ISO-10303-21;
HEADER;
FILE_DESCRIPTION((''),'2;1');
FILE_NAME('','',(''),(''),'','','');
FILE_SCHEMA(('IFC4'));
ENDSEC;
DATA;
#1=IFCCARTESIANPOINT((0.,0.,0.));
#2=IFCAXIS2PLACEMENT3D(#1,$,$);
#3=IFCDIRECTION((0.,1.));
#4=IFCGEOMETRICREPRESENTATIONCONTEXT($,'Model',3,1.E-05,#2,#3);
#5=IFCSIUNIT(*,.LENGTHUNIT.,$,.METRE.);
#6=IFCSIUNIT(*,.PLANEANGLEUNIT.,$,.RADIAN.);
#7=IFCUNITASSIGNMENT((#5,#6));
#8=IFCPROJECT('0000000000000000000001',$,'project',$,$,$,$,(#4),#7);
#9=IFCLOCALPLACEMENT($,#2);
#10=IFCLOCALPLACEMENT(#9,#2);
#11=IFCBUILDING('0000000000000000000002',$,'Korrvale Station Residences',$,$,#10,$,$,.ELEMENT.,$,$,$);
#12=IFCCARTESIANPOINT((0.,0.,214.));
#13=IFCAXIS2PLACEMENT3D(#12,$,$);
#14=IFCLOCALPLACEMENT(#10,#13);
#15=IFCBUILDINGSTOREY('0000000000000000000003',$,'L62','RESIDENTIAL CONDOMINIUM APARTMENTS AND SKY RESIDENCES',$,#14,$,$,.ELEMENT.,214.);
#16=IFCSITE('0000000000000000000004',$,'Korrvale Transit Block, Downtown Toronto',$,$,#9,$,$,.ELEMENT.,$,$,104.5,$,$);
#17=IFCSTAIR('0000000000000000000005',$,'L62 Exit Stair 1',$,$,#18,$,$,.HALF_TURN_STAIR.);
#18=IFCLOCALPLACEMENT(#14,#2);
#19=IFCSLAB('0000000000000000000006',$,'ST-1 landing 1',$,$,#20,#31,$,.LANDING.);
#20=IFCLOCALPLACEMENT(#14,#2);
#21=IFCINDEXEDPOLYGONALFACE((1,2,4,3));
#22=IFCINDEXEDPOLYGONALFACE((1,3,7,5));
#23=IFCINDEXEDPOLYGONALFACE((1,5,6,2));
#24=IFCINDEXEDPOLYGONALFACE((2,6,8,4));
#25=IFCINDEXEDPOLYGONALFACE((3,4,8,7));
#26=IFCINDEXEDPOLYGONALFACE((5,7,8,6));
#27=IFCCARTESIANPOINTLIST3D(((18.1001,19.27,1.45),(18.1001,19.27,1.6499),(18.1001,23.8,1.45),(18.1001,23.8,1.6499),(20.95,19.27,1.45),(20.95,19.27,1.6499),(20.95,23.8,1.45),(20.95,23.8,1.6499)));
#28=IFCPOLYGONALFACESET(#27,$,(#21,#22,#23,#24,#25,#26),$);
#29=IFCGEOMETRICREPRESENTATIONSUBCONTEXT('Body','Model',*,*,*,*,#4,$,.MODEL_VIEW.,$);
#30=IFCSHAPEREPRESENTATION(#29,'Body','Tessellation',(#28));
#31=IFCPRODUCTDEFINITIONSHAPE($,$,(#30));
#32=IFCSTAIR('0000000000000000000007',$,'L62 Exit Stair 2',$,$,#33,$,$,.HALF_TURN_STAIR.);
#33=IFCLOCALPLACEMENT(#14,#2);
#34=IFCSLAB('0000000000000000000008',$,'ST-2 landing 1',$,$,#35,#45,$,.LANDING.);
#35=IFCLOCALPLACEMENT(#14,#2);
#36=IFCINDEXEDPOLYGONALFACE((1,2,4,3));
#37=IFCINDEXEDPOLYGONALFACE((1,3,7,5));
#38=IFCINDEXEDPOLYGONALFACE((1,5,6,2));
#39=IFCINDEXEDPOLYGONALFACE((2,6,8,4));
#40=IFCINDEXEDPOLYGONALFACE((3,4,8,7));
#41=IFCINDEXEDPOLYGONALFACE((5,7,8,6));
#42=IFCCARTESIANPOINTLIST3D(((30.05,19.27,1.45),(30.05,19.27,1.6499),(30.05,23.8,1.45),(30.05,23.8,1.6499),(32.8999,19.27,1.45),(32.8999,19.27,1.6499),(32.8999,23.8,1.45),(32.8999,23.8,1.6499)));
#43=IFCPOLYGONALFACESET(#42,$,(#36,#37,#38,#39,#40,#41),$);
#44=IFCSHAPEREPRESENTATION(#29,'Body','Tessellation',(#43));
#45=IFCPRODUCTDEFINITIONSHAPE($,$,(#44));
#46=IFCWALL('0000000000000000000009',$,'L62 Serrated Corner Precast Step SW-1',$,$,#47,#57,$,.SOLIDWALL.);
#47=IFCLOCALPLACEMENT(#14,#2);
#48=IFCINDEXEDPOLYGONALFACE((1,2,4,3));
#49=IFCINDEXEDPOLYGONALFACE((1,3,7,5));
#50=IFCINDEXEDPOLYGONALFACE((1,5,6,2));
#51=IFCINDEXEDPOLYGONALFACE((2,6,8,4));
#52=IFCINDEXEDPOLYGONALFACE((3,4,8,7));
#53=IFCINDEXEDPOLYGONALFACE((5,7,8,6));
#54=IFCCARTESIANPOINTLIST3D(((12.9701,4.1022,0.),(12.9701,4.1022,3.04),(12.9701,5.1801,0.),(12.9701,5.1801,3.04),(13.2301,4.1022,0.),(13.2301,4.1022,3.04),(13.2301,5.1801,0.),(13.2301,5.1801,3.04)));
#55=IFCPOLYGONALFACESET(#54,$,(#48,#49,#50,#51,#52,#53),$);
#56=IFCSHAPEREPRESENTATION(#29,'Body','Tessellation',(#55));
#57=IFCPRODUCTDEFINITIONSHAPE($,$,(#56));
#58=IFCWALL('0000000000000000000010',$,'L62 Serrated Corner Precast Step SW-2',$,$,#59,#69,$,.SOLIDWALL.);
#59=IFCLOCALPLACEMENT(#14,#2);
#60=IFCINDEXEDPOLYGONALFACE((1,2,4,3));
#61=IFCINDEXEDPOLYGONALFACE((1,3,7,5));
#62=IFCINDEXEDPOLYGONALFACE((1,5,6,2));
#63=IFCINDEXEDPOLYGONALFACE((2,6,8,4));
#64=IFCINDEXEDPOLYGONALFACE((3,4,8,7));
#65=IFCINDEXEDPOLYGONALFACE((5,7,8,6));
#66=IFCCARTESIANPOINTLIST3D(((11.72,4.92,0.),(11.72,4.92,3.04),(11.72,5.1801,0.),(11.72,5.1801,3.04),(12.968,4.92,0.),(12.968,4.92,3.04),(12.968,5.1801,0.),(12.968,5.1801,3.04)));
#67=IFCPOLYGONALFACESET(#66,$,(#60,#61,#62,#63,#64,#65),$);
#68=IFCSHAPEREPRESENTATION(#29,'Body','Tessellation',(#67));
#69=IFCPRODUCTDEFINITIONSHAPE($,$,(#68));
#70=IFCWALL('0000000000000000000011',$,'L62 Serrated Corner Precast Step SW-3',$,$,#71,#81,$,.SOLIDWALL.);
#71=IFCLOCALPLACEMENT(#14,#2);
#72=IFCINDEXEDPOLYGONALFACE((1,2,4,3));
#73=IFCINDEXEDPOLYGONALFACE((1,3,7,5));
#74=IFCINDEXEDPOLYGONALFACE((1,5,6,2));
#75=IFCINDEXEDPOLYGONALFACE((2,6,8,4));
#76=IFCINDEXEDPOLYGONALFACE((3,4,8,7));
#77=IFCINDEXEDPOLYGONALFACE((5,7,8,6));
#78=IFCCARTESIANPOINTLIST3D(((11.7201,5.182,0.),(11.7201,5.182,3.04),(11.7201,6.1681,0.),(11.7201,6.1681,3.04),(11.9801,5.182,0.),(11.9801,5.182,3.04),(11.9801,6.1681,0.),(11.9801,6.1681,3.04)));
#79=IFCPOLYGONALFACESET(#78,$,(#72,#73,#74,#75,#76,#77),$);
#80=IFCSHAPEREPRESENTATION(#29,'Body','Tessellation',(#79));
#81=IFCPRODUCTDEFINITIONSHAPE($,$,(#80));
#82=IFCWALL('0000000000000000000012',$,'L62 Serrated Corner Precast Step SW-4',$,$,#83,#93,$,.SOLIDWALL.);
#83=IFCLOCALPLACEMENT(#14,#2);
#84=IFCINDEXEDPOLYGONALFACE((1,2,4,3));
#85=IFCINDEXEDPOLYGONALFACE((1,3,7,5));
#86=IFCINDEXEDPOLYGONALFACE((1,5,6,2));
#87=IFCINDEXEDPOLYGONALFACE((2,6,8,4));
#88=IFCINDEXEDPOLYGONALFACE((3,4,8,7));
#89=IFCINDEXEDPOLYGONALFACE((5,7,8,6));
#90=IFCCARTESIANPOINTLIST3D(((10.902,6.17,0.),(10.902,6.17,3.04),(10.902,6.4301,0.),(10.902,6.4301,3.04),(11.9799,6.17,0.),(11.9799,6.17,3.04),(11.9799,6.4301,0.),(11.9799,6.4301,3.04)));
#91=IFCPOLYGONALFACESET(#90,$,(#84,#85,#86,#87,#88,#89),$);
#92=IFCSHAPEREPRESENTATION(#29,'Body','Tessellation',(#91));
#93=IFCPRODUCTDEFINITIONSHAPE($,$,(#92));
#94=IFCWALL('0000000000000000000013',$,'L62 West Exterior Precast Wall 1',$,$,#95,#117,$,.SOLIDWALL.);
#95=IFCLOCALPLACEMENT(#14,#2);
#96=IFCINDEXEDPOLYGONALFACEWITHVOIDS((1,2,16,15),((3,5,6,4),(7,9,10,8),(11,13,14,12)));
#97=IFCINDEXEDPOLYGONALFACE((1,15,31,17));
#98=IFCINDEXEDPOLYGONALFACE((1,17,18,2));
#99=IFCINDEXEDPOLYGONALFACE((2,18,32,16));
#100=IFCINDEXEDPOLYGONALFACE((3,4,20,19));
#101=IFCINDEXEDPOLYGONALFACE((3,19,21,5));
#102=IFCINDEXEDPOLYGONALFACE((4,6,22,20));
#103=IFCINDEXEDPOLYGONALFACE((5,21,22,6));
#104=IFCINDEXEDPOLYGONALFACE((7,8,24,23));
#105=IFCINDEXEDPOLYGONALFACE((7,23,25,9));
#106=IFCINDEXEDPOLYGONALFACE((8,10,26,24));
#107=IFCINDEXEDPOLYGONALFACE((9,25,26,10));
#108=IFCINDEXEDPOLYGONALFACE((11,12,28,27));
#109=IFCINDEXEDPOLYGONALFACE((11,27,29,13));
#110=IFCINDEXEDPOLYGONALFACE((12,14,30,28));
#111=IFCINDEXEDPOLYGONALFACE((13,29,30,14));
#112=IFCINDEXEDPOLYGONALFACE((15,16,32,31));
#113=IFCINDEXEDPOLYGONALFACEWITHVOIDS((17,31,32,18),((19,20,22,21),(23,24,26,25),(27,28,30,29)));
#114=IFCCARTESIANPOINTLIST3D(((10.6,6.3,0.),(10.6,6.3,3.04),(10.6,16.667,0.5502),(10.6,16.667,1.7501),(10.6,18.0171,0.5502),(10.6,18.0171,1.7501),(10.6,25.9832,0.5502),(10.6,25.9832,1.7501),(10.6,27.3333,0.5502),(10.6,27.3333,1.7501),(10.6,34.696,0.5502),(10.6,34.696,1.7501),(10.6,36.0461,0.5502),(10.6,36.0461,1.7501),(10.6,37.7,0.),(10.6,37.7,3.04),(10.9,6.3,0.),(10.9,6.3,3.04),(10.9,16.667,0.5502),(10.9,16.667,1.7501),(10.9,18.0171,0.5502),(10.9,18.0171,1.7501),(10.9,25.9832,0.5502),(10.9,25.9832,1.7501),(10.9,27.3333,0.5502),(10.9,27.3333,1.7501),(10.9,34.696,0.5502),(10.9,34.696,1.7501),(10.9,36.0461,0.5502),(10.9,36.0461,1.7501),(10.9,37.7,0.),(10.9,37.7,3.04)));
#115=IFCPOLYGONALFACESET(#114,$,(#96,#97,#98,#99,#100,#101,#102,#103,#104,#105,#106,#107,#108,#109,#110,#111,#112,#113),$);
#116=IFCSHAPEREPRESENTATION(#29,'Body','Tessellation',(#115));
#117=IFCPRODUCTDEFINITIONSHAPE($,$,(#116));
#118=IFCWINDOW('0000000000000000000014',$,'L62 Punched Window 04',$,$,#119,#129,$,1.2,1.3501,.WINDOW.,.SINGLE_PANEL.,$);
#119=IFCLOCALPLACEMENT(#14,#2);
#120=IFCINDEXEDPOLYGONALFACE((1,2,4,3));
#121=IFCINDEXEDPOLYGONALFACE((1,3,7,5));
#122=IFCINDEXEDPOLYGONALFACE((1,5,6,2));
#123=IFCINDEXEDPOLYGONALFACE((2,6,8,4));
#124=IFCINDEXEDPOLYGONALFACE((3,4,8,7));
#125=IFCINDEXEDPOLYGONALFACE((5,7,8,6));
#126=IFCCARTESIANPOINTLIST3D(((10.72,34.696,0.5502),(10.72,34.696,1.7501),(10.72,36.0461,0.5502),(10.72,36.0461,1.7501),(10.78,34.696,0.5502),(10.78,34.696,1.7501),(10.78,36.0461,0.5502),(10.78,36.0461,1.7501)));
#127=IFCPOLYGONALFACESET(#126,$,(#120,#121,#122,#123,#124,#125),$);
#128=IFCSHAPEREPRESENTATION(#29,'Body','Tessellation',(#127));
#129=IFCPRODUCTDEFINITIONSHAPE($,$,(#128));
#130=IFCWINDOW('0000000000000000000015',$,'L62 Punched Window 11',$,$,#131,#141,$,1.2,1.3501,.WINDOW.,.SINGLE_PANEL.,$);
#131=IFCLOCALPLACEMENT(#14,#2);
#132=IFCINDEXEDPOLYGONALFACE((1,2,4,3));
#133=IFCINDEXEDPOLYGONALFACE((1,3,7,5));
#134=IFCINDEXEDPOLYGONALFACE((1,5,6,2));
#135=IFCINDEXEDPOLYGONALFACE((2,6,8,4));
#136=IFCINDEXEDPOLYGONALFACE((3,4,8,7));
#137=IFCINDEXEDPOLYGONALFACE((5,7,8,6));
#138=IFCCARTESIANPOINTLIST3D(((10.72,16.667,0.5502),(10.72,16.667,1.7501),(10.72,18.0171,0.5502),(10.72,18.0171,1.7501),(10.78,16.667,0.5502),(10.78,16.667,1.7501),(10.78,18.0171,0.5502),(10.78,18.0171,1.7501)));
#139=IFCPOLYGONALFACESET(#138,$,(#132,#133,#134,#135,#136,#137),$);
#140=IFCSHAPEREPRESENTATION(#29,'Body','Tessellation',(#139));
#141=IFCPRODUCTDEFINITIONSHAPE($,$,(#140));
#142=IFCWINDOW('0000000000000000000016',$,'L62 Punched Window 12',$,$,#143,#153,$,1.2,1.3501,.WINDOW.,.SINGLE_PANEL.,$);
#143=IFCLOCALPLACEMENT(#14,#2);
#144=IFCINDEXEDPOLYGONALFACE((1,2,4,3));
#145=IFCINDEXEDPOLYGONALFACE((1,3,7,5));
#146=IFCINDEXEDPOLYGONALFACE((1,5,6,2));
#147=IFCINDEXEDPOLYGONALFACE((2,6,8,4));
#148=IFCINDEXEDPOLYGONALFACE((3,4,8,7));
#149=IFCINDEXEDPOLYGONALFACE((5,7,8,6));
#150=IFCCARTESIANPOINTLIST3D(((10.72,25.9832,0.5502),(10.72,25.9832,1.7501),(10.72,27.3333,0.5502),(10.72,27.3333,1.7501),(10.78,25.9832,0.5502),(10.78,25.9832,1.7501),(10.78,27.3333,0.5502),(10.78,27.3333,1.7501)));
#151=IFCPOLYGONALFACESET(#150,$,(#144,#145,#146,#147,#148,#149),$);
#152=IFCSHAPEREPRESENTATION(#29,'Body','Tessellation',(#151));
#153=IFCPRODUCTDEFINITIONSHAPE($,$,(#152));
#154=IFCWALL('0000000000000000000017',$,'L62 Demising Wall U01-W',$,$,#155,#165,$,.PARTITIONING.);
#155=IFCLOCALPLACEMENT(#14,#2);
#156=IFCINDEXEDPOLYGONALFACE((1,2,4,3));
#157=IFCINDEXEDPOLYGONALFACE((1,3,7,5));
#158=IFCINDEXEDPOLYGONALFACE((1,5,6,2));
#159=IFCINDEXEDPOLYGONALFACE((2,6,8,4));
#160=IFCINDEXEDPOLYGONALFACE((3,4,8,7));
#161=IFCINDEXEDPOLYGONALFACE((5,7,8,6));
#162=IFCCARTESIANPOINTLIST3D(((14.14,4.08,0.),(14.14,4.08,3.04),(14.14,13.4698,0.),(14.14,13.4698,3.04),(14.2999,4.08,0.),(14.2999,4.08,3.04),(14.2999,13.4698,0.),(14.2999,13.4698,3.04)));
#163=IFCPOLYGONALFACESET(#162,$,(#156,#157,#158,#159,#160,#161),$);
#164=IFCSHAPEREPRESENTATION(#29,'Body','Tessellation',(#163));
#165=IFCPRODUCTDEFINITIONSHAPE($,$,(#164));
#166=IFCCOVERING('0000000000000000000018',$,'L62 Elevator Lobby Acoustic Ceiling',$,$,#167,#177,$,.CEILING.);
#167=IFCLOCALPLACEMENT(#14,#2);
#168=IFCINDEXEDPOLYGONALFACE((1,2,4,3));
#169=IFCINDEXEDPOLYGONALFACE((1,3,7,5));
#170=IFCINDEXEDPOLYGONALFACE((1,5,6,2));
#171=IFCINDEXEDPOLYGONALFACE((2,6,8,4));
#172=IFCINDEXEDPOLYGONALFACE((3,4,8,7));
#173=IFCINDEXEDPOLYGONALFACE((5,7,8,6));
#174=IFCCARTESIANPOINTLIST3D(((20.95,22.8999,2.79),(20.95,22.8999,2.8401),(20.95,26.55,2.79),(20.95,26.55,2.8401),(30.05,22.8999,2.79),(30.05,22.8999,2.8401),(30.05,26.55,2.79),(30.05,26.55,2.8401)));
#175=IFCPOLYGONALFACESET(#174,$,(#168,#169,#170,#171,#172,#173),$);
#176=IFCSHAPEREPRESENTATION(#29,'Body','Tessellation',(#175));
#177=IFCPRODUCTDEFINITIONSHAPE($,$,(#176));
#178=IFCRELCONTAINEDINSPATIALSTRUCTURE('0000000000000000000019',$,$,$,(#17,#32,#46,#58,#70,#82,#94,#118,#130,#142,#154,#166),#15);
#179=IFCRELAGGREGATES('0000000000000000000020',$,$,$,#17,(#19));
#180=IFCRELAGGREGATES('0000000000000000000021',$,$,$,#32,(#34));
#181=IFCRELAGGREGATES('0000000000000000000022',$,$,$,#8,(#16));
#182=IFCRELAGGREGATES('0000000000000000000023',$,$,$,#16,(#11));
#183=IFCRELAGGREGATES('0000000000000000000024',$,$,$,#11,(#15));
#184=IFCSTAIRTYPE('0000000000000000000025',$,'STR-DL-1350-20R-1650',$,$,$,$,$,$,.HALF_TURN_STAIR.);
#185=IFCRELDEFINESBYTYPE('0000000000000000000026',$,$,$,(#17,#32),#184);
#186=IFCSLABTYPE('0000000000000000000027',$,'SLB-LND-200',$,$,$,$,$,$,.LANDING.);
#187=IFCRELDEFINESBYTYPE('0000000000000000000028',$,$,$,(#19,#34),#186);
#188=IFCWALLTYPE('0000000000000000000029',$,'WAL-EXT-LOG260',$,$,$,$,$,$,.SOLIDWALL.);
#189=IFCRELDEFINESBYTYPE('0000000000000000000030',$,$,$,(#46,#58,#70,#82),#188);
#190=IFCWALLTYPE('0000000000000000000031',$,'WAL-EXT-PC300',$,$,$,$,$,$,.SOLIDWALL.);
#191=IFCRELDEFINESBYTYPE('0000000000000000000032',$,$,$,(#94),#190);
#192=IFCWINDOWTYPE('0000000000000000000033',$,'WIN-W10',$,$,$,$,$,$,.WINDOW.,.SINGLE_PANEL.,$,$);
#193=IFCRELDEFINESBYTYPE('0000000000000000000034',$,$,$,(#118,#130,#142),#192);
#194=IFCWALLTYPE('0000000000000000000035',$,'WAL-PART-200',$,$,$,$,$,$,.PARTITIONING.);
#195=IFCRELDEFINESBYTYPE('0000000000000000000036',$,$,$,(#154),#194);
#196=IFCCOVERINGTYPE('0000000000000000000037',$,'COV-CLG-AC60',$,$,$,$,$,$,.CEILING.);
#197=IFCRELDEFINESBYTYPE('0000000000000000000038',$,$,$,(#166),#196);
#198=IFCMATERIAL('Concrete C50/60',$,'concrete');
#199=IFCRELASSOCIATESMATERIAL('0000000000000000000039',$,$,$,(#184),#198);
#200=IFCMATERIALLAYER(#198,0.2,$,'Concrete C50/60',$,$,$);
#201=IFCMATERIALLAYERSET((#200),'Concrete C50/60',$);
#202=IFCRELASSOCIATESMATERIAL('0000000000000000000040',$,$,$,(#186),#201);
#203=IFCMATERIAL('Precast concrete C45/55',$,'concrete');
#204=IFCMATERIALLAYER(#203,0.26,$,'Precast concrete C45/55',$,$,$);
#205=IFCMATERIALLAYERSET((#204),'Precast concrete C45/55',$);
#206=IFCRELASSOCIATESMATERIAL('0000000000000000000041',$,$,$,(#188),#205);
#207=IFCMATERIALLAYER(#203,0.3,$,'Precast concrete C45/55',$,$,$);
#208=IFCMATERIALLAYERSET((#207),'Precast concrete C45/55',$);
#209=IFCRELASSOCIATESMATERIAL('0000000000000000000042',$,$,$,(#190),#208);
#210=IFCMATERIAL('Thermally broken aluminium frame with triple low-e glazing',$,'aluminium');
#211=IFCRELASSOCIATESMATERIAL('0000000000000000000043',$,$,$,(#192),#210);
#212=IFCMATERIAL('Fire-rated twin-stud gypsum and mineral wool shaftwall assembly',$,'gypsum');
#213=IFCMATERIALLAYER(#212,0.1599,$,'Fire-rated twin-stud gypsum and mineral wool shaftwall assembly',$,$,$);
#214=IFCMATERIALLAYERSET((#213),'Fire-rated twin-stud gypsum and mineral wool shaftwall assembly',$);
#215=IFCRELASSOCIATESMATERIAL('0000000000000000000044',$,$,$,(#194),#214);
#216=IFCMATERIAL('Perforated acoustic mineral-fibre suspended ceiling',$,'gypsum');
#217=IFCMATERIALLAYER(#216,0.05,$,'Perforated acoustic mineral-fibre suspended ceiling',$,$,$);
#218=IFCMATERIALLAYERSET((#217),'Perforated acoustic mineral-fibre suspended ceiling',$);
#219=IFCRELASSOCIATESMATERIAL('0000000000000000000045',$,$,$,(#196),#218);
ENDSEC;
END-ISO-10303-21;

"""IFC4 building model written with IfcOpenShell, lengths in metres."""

from ifc_helpers import new_model, si_unit, direction, frame, frame_2d, origin, place, context, subcontext, project, spatial, polyline, rectangle, outline, extrude, material, layer, layer_set, type_object, element, fill, aggregate, save


model = new_model("IFC4")

# Units and contexts
model_context = context("Model", 3, precision=1e-05, world=origin(), true_north=direction((0.0, 1.0)))
body_context = subcontext(model_context, "Body", "Model", "MODEL_VIEW")
ifc_project = project(units=[si_unit("LENGTHUNIT", "METRE"), si_unit("PLANEANGLEUNIT", "RADIAN")], contexts=[model_context])

# Site, building, storey
site_placement = place(None, origin())
site = spatial("IfcSite", under=ifc_project, at=site_placement, Name="Korrvale Transit Block, Downtown Toronto", CompositionType="ELEMENT", RefElevation=104.5)
building_placement = place(site_placement, origin())
building = spatial("IfcBuilding", under=site, at=building_placement, Name="Korrvale Station Residences", CompositionType="ELEMENT")
storey_placement = place(building_placement, frame((0.0, 0.0, 214.0)))
storey = spatial("IfcBuildingStorey", under=building, at=storey_placement, Name="L62", Description="RESIDENTIAL CONDOMINIUM APARTMENTS AND SKY RESIDENCES", CompositionType="ELEMENT", Elevation=214.0)

# Shared definitions
ifc_material_1 = material(Name="Concrete C50/60", Category="concrete")

# Stairs, slabs
stair_type = type_object("IfcStairType", Name="STR-DL-1350-20R-1650", PredefinedType="HALF_TURN_STAIR", material=ifc_material_1)
stair_1_placement = place(storey_placement, origin())
stair_1 = element("IfcStair", 1, at=stair_1_placement, inside=storey, type_object=stair_type, Name="L62 Exit Stair 1", PredefinedType="HALF_TURN_STAIR")
ifc_layer_1 = layer(ifc_material_1, 0.2, Name="Concrete C50/60")
ifc_layer_set_1 = layer_set([ifc_layer_1], Name="Concrete C50/60")
slab_type_1 = type_object("IfcSlabType", Name="SLB-LND-200", PredefinedType="LANDING", material=ifc_layer_set_1)
slab_1_placement = place(storey_placement, frame((0.0, 0.0, 1.45)))
slab_1 = element("IfcSlab", 2, at=slab_1_placement, type_object=slab_type_1, Name="ST-1 landing 1", PredefinedType="LANDING", context=body_context, shape_type="SweptSolid", body=[
    extrude(outline(polyline([(20.95, 19.27), (20.95, 23.8), (18.1001, 23.8), (18.1001, 19.27), (20.95, 19.27)])), origin(), (0.0, 0.0, 1.0), 0.2),
])
aggregate(stair_1, [slab_1])
stair_2_placement = place(storey_placement, origin())
stair_2 = element("IfcStair", 3, at=stair_2_placement, inside=storey, type_object=stair_type, Name="L62 Exit Stair 2", PredefinedType="HALF_TURN_STAIR")
slab_2_placement = place(storey_placement, frame((0.0, 0.0, 1.45)))
slab_2 = element("IfcSlab", 4, at=slab_2_placement, type_object=slab_type_1, Name="ST-2 landing 1", PredefinedType="LANDING", context=body_context, shape_type="SweptSolid", body=[
    extrude(outline(polyline([(32.8999, 19.27), (32.8999, 23.8), (30.05, 23.8), (30.05, 19.27), (32.8999, 19.27)])), origin(), (0.0, 0.0, 1.0), 0.2),
])
aggregate(stair_2, [slab_2])

# Walls
ifc_material_2 = material(Name="Precast concrete C45/55", Category="concrete")
ifc_layer_2 = layer(ifc_material_2, 0.26, Name="Precast concrete C45/55")
ifc_layer_set_2 = layer_set([ifc_layer_2], Name="Precast concrete C45/55")
wall_type_1 = type_object("IfcWallType", Name="WAL-EXT-LOG260", PredefinedType="SOLIDWALL", material=ifc_layer_set_2)
wall_1_placement = place(storey_placement, frame((13.1001, 4.1021, 0.0), z_axis=(0.0, 0.0, 1.0), x_axis=(0.0, 1.0, 0.0)))
element("IfcWall", 5, at=wall_1_placement, inside=storey, type_object=wall_type_1, Name="L62 Serrated Corner Precast Step SW-1", PredefinedType="SOLIDWALL", context=body_context, shape_type="SweptSolid", body=[
    extrude(rectangle(XDim=1.0779, YDim=0.26, at=frame_2d((0.5391, 0.0))), origin(), (0.0, 0.0, 1.0), 3.04),
])
wall_2_placement = place(storey_placement, frame((12.968, 5.05, 0.0), z_axis=(0.0, 0.0, 1.0), x_axis=(-1.0, 0.0, 0.0)))
element("IfcWall", 6, at=wall_2_placement, inside=storey, type_object=wall_type_1, Name="L62 Serrated Corner Precast Step SW-2", PredefinedType="SOLIDWALL", context=body_context, shape_type="SweptSolid", body=[
    extrude(rectangle(XDim=1.248, YDim=0.26, at=frame_2d((0.624, 0.0))), origin(), (0.0, 0.0, 1.0), 3.04),
])
wall_3_placement = place(storey_placement, frame((11.8501, 5.1819, 0.0), z_axis=(0.0, 0.0, 1.0), x_axis=(0.0, 1.0, 0.0)))
element("IfcWall", 7, at=wall_3_placement, inside=storey, type_object=wall_type_1, Name="L62 Serrated Corner Precast Step SW-3", PredefinedType="SOLIDWALL", context=body_context, shape_type="SweptSolid", body=[
    extrude(rectangle(XDim=0.9861, YDim=0.26, at=frame_2d((0.4932, 0.0))), origin(), (0.0, 0.0, 1.0), 3.04),
])
wall_4_placement = place(storey_placement, frame((11.98, 6.3, 0.0), z_axis=(0.0, 0.0, 1.0), x_axis=(-1.0, 0.0, 0.0)))
element("IfcWall", 8, at=wall_4_placement, inside=storey, type_object=wall_type_1, Name="L62 Serrated Corner Precast Step SW-4", PredefinedType="SOLIDWALL", context=body_context, shape_type="SweptSolid", body=[
    extrude(rectangle(XDim=1.0779, YDim=0.26, at=frame_2d((0.5391, 0.0))), origin(), (0.0, 0.0, 1.0), 3.04),
])

# Wall, openings, windows
ifc_layer_3 = layer(ifc_material_2, 0.3, Name="Precast concrete C45/55")
ifc_layer_set_3 = layer_set([ifc_layer_3], Name="Precast concrete C45/55")
wall_type_2 = type_object("IfcWallType", Name="WAL-EXT-PC300", PredefinedType="SOLIDWALL", material=ifc_layer_set_3)
wall_5_placement = place(storey_placement, frame((10.75, 6.3, 0.0), z_axis=(0.0, 0.0, 1.0), x_axis=(0.0, 1.0, 0.0)))
wall_5 = element("IfcWall", 9, at=wall_5_placement, inside=storey, type_object=wall_type_2, Name="L62 West Exterior Precast Wall 1", PredefinedType="SOLIDWALL", context=body_context, shape_type="SweptSolid", body=[
    extrude(rectangle(XDim=31.3999, YDim=0.3, at=frame_2d((15.7, 0.0))), origin(), (0.0, 0.0, 1.0), 3.04),
])
opening_1_placement = place(wall_5_placement, frame((28.396, 0.0, 0.55)))
opening_1 = element("IfcOpeningElement", 10, at=opening_1_placement, cuts=wall_5, PredefinedType="OPENING", context=body_context, shape_type="SweptSolid", body=[
    extrude(rectangle(XDim=1.3501, YDim=1.2, at=frame_2d((0.675, 0.6001))), frame((0.0, 0.1602, 0.0), z_axis=(0.0, -1.0, 0.0), x_axis=(1.0, 0.0, 0.0)), (0.0, 0.0, 1.0), 0.3201),
])
opening_2_placement = place(wall_5_placement, frame((10.3669, 0.0, 0.55)))
opening_2 = element("IfcOpeningElement", 11, at=opening_2_placement, cuts=wall_5, PredefinedType="OPENING", context=body_context, shape_type="SweptSolid", body=[
    extrude(rectangle(XDim=1.3501, YDim=1.2, at=frame_2d((0.675, 0.6001))), frame((0.0, 0.1602, 0.0), z_axis=(0.0, -1.0, 0.0), x_axis=(1.0, 0.0, 0.0)), (0.0, 0.0, 1.0), 0.3201),
])
opening_3_placement = place(wall_5_placement, frame((19.6831, 0.0, 0.55)))
opening_3 = element("IfcOpeningElement", 12, at=opening_3_placement, cuts=wall_5, PredefinedType="OPENING", context=body_context, shape_type="SweptSolid", body=[
    extrude(rectangle(XDim=1.3501, YDim=1.2, at=frame_2d((0.675, 0.6001))), frame((0.0, 0.1602, 0.0), z_axis=(0.0, -1.0, 0.0), x_axis=(1.0, 0.0, 0.0)), (0.0, 0.0, 1.0), 0.3201),
])
ifc_material_3 = material(Name="Thermally broken aluminium frame with triple low-e glazing", Category="aluminium")
window_type = type_object("IfcWindowType", Name="WIN-W10", PartitioningType="SINGLE_PANEL", PredefinedType="WINDOW", material=ifc_material_3)
window_1_placement = place(opening_1_placement, origin())
window_1 = element("IfcWindow", 13, at=window_1_placement, inside=storey, type_object=window_type, Name="L62 Punched Window 04", OverallHeight=1.2, OverallWidth=1.3501, PartitioningType="SINGLE_PANEL", PredefinedType="WINDOW", context=body_context, shape_type="SweptSolid", body=[
    extrude(rectangle(XDim=1.3501, YDim=1.2, at=frame_2d((0.675, 0.6001))), frame((0.0, 0.03, 0.0), z_axis=(0.0, -1.0, 0.0), x_axis=(1.0, 0.0, 0.0)), (0.0, 0.0, 1.0), 0.0601),
])
fill(opening_1, window_1)
window_2_placement = place(opening_2_placement, origin())
window_2 = element("IfcWindow", 14, at=window_2_placement, inside=storey, type_object=window_type, Name="L62 Punched Window 11", OverallHeight=1.2, OverallWidth=1.3501, PartitioningType="SINGLE_PANEL", PredefinedType="WINDOW", context=body_context, shape_type="SweptSolid", body=[
    extrude(rectangle(XDim=1.3501, YDim=1.2, at=frame_2d((0.675, 0.6001))), frame((0.0, 0.03, 0.0), z_axis=(0.0, -1.0, 0.0), x_axis=(1.0, 0.0, 0.0)), (0.0, 0.0, 1.0), 0.0601),
])
fill(opening_2, window_2)
window_3_placement = place(opening_3_placement, origin())
window_3 = element("IfcWindow", 15, at=window_3_placement, inside=storey, type_object=window_type, Name="L62 Punched Window 12", OverallHeight=1.2, OverallWidth=1.3501, PartitioningType="SINGLE_PANEL", PredefinedType="WINDOW", context=body_context, shape_type="SweptSolid", body=[
    extrude(rectangle(XDim=1.3501, YDim=1.2, at=frame_2d((0.675, 0.6001))), frame((0.0, 0.03, 0.0), z_axis=(0.0, -1.0, 0.0), x_axis=(1.0, 0.0, 0.0)), (0.0, 0.0, 1.0), 0.0601),
])
fill(opening_3, window_3)

# Wall
ifc_material_4 = material(Name="Fire-rated twin-stud gypsum and mineral wool shaftwall assembly", Category="gypsum")
ifc_layer_4 = layer(ifc_material_4, 0.1599, Name="Fire-rated twin-stud gypsum and mineral wool shaftwall assembly")
ifc_layer_set_4 = layer_set([ifc_layer_4], Name="Fire-rated twin-stud gypsum and mineral wool shaftwall assembly")
wall_type_3 = type_object("IfcWallType", Name="WAL-PART-200", PredefinedType="PARTITIONING", material=ifc_layer_set_4)
wall_6_placement = place(storey_placement, frame((14.22, 4.0801, 0.0), z_axis=(0.0, 0.0, 1.0), x_axis=(0.0, 1.0, 0.0)))
element("IfcWall", 16, at=wall_6_placement, inside=storey, type_object=wall_type_3, Name="L62 Demising Wall U01-W", PredefinedType="PARTITIONING", context=body_context, shape_type="SweptSolid", body=[
    extrude(rectangle(XDim=9.3899, YDim=0.1599, at=frame_2d((4.6948, 0.0))), origin(), (0.0, 0.0, 1.0), 3.04),
])

# Covering
ifc_material_5 = material(Name="Perforated acoustic mineral-fibre suspended ceiling", Category="gypsum")
ifc_layer_5 = layer(ifc_material_5, 0.05, Name="Perforated acoustic mineral-fibre suspended ceiling")
ifc_layer_set_5 = layer_set([ifc_layer_5], Name="Perforated acoustic mineral-fibre suspended ceiling")
covering_type_1 = type_object("IfcCoveringType", Name="COV-CLG-AC60", PredefinedType="CEILING", material=ifc_layer_set_5)
covering_1_placement = place(storey_placement, frame((0.0, 0.0, 2.79)))
element("IfcCovering", 17, at=covering_1_placement, inside=storey, type_object=covering_type_1, Name="L62 Elevator Lobby Acoustic Ceiling", PredefinedType="CEILING", context=body_context, shape_type="SweptSolid", body=[
    extrude(outline(polyline([(20.95, 22.8999), (30.05, 22.8999), (30.05, 26.55), (20.95, 26.55), (20.95, 22.8999)])), origin(), (0.0, 0.0, 1.0), 0.05),
])

save(model, "model.ifc")
